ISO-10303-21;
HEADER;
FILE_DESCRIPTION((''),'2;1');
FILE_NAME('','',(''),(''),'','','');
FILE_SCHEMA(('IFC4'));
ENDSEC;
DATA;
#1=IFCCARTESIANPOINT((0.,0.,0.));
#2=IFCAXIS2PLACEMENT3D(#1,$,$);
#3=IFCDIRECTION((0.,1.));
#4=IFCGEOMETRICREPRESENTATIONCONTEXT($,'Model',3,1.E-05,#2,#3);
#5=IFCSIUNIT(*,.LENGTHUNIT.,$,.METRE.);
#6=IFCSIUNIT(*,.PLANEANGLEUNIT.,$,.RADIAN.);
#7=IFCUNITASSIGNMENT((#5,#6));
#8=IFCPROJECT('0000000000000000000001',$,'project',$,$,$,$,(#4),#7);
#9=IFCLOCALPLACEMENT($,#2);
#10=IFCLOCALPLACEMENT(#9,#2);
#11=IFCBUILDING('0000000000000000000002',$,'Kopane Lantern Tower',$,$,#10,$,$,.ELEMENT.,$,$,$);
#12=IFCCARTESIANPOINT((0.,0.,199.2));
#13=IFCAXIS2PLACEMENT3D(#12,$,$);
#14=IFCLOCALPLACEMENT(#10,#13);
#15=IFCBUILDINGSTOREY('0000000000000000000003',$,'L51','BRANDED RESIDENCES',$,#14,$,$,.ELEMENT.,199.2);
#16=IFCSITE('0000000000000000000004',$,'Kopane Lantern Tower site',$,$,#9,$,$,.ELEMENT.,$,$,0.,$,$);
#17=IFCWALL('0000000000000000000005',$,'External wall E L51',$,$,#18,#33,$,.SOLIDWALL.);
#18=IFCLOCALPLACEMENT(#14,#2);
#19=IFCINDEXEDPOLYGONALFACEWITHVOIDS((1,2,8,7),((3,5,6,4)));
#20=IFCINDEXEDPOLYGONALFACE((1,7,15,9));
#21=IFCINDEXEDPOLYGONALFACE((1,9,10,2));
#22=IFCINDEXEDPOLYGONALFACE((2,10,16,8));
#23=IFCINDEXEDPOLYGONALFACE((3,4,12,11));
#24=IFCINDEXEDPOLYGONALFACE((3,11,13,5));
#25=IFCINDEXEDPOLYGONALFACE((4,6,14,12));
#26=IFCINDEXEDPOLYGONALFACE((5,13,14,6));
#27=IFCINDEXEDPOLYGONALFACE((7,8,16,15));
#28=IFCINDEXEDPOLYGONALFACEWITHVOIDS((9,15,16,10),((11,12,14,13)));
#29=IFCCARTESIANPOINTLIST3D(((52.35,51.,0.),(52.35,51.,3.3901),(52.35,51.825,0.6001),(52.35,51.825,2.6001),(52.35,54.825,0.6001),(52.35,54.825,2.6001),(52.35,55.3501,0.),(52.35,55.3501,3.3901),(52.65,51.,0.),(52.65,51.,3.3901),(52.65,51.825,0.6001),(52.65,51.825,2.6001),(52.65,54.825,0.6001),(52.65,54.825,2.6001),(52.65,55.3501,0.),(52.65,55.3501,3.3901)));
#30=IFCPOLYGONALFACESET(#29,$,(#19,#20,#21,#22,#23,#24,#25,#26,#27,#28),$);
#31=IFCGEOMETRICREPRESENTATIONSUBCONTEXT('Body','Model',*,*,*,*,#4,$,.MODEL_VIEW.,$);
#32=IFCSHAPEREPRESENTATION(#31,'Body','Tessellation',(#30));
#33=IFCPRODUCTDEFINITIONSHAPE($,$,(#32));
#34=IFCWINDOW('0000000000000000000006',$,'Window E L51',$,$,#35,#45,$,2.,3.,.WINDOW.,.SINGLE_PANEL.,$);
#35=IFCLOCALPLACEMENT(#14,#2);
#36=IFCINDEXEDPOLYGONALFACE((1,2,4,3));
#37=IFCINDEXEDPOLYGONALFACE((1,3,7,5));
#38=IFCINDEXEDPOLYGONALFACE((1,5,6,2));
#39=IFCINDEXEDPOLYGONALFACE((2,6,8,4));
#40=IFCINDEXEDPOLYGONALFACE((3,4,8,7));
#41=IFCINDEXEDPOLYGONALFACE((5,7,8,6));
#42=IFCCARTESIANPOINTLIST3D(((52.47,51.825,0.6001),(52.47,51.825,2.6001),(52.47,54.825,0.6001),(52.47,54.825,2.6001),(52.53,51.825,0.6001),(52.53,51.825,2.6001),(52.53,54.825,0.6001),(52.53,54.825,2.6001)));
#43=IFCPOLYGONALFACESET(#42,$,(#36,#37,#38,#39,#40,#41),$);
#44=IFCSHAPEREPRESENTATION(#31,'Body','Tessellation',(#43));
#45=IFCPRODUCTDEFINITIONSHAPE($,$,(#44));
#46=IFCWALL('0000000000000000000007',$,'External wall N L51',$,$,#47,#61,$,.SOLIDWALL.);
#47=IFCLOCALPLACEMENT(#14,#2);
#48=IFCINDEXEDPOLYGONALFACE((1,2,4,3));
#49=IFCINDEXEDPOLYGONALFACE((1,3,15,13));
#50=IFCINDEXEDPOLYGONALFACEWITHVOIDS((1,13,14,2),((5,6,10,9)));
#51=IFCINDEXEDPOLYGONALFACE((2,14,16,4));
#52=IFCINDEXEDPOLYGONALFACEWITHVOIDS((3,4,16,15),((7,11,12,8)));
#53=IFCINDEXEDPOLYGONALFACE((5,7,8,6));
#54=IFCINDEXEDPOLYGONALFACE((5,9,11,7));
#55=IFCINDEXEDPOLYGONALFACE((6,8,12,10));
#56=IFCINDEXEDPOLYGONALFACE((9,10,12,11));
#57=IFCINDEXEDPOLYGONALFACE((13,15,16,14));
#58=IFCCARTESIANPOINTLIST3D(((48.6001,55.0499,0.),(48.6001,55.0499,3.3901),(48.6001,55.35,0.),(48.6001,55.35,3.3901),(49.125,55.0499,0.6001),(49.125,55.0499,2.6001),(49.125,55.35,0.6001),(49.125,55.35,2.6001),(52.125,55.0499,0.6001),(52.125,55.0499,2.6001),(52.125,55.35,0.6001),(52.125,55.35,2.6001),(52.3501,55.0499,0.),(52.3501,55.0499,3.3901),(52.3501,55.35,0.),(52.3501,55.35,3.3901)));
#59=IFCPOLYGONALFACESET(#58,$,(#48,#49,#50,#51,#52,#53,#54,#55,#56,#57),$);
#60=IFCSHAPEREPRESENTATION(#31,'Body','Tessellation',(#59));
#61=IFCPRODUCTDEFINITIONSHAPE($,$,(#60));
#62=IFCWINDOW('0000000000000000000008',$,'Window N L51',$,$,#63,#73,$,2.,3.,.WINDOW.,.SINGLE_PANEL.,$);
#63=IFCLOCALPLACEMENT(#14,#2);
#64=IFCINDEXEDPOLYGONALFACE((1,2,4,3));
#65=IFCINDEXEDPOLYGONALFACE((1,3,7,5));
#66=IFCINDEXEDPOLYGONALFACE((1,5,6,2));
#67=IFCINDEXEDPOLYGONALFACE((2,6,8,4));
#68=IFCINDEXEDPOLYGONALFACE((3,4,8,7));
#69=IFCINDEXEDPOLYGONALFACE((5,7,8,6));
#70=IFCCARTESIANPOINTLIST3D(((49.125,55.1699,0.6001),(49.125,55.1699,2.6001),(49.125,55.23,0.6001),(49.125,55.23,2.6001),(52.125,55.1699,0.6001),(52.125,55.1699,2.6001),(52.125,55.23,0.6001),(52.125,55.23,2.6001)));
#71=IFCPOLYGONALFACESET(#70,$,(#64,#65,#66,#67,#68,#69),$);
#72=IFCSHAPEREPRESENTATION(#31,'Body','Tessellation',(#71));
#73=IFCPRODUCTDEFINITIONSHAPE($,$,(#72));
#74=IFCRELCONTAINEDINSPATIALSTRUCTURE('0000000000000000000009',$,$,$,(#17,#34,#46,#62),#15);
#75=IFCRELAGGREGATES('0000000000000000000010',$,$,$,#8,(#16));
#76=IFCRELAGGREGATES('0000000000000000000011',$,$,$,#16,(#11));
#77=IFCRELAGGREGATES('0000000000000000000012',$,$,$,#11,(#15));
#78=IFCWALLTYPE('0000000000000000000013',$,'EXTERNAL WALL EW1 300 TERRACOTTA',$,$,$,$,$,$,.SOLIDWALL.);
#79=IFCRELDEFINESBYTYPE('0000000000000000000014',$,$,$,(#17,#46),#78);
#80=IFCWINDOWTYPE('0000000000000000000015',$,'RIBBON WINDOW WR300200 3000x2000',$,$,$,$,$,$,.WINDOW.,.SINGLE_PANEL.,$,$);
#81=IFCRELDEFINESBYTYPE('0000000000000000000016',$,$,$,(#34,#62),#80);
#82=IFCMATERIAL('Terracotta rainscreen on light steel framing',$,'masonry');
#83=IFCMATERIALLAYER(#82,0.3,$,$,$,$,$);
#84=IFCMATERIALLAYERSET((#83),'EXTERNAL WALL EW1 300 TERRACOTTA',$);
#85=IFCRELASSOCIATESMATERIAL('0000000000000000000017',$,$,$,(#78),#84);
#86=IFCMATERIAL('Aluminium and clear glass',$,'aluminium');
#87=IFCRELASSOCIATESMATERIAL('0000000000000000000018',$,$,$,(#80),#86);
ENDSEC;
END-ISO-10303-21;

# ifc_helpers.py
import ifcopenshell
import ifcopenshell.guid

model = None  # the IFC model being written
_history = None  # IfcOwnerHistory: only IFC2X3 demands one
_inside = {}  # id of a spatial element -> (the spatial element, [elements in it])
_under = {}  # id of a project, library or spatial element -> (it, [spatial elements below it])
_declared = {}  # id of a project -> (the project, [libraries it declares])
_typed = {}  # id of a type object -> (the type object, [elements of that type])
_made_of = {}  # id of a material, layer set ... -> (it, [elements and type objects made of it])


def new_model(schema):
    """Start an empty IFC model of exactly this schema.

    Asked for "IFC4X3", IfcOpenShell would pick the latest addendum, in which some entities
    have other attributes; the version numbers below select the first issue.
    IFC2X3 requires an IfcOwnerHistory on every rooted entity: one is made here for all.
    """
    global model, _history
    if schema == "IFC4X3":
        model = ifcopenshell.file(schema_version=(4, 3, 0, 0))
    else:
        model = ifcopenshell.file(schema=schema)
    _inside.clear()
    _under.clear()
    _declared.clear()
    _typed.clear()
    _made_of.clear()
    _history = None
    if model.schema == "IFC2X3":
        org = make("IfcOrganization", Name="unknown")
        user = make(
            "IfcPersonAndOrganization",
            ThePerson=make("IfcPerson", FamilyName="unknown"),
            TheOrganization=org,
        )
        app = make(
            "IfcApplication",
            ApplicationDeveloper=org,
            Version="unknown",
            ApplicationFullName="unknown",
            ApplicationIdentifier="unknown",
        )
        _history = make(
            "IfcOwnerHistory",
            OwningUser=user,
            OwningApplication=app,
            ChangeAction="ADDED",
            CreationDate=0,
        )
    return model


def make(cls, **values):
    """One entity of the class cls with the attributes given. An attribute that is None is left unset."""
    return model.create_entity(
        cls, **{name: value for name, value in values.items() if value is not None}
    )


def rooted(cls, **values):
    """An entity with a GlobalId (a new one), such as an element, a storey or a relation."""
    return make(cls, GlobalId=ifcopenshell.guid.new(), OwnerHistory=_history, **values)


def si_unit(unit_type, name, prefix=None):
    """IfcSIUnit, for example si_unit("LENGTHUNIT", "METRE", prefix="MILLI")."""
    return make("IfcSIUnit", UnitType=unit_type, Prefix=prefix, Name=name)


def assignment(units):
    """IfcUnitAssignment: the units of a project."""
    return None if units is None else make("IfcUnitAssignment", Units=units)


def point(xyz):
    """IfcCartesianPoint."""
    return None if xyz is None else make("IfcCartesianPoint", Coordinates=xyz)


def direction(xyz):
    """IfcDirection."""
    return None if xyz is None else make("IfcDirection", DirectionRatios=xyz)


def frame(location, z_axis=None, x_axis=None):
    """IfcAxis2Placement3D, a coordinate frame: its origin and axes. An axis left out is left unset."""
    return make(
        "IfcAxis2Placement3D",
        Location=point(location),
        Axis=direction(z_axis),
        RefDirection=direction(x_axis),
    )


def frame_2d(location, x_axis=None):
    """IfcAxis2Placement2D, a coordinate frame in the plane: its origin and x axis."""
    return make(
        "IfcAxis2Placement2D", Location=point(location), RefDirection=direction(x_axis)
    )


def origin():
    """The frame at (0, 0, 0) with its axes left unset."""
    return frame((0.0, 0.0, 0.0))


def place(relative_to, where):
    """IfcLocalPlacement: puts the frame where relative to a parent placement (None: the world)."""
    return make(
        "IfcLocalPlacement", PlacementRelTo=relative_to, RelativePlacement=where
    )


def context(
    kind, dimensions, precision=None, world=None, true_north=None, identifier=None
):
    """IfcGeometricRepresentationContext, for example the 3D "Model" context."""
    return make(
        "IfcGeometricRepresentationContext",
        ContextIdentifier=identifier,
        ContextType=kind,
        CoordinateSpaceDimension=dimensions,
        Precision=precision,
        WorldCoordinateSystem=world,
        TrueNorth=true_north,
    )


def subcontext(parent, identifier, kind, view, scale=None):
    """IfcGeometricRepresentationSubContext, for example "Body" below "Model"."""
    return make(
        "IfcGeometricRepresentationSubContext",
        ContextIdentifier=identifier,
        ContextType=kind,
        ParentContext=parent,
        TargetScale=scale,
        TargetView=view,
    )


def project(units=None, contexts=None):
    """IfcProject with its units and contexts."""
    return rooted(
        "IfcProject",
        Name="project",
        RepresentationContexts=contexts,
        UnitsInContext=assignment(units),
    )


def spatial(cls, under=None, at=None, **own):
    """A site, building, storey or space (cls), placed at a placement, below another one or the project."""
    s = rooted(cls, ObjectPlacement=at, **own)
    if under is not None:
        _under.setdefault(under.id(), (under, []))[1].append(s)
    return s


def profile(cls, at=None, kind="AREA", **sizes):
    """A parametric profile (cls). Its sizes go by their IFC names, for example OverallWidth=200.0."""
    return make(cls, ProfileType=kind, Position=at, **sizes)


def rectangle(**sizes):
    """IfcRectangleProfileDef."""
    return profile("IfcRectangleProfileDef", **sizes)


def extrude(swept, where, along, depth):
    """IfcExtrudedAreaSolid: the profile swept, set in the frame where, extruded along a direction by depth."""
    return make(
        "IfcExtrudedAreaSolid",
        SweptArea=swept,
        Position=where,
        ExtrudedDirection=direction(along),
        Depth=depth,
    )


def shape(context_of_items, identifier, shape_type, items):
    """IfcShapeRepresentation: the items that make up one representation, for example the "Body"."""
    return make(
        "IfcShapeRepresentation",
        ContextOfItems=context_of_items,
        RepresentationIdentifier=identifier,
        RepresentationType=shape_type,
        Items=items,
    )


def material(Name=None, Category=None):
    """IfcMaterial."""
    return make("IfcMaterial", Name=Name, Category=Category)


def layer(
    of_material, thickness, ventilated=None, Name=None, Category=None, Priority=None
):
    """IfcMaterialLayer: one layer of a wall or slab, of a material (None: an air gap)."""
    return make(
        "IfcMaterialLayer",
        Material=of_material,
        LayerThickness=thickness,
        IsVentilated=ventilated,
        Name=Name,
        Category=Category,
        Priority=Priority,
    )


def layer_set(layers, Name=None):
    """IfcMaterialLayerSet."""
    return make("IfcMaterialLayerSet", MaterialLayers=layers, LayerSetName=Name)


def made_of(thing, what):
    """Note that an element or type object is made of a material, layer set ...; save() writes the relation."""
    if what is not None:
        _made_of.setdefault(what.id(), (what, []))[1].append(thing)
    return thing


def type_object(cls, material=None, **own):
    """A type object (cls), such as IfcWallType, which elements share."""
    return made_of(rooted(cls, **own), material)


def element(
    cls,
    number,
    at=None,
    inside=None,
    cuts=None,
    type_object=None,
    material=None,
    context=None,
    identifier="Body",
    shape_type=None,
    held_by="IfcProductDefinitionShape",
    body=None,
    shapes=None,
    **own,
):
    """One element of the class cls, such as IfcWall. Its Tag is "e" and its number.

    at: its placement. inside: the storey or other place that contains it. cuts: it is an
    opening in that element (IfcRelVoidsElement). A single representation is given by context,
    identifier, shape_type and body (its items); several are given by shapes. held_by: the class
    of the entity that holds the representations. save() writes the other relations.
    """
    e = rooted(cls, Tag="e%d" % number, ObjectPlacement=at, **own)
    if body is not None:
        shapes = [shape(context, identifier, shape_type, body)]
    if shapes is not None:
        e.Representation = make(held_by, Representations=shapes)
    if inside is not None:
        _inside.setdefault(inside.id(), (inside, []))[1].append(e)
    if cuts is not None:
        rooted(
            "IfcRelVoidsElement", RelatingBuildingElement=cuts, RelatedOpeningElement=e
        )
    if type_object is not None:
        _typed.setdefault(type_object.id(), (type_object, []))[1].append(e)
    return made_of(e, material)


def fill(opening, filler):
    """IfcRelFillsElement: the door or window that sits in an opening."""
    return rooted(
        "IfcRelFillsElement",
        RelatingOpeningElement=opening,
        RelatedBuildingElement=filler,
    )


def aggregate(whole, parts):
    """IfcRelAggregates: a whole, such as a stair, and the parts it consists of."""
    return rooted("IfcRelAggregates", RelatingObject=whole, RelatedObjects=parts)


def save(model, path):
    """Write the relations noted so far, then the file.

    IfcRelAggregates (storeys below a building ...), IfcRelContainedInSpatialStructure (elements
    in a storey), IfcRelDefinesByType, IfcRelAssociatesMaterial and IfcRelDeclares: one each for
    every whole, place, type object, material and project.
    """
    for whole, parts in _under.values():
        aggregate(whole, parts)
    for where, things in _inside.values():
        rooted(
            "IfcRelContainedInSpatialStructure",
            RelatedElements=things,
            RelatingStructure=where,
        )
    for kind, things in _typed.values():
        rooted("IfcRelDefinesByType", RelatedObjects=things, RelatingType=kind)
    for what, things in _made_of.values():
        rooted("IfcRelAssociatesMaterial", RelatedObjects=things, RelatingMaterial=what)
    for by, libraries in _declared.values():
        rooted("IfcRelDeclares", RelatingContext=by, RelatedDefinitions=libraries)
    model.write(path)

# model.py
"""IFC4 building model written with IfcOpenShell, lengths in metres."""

from ifc_helpers import new_model, si_unit, direction, frame, frame_2d, origin, place, context, subcontext, project, spatial, rectangle, extrude, material, layer, layer_set, type_object, element, fill, save


model = new_model("IFC4")

# Units and contexts
model_context = context("Model", 3, precision=1e-05, world=origin(), true_north=direction((0.0, 1.0)))
body_context = subcontext(model_context, "Body", "Model", "MODEL_VIEW")
ifc_project = project(units=[si_unit("LENGTHUNIT", "METRE"), si_unit("PLANEANGLEUNIT", "RADIAN")], contexts=[model_context])

# Site, building, storey
site_placement = place(None, origin())
site = spatial("IfcSite", under=ifc_project, at=site_placement, Name="Kopane Lantern Tower site", CompositionType="ELEMENT", RefElevation=0.0)
building_placement = place(site_placement, origin())
building = spatial("IfcBuilding", under=site, at=building_placement, Name="Kopane Lantern Tower", CompositionType="ELEMENT")
storey_placement = place(building_placement, frame((0.0, 0.0, 199.2)))
storey = spatial("IfcBuildingStorey", under=building, at=storey_placement, Name="L51", Description="BRANDED RESIDENCES", CompositionType="ELEMENT", Elevation=199.2)

# Walls, openings, windows
ifc_material_1 = material(Name="Terracotta rainscreen on light steel framing", Category="masonry")
ifc_layer = layer(ifc_material_1, 0.3)
ifc_layer_set = layer_set([ifc_layer], Name="EXTERNAL WALL EW1 300 TERRACOTTA")
wall_type = type_object("IfcWallType", Name="EXTERNAL WALL EW1 300 TERRACOTTA", PredefinedType="SOLIDWALL", material=ifc_layer_set)
ifc_material_2 = material(Name="Aluminium and clear glass", Category="aluminium")
window_type = type_object("IfcWindowType", Name="RIBBON WINDOW WR300200 3000x2000", PartitioningType="SINGLE_PANEL", PredefinedType="WINDOW", material=ifc_material_2)
wall_1_placement = place(storey_placement, frame((52.5, 51.0, 0.0), z_axis=(0.0, 0.0, 1.0), x_axis=(0.0, 1.0, 0.0)))
wall_1 = element("IfcWall", 1, at=wall_1_placement, inside=storey, type_object=wall_type, Name="External wall E L51", PredefinedType="SOLIDWALL", context=body_context, shape_type="SweptSolid", body=[
    extrude(rectangle(XDim=4.3501, YDim=0.3, at=frame_2d((2.175, 0.0))), origin(), (0.0, 0.0, 1.0), 3.3901),
])
opening_1_placement = place(wall_1_placement, frame((0.825, 0.0, 0.6001)))
opening_1 = element("IfcOpeningElement", 2, at=opening_1_placement, cuts=wall_1, PredefinedType="OPENING", context=body_context, shape_type="SweptSolid", body=[
    extrude(rectangle(XDim=3.0, YDim=2.0, at=frame_2d((1.5, 1.0))), frame((0.0, 0.1599, 0.0), z_axis=(0.0, -1.0, 0.0), x_axis=(1.0, 0.0, 0.0)), (0.0, 0.0, 1.0), 0.3201),
])
window_1_placement = place(opening_1_placement, origin())
window_1 = element("IfcWindow", 3, at=window_1_placement, inside=storey, type_object=window_type, Name="Window E L51", OverallHeight=2.0, OverallWidth=3.0, PartitioningType="SINGLE_PANEL", PredefinedType="WINDOW", context=body_context, shape_type="SweptSolid", body=[
    extrude(rectangle(XDim=3.0, YDim=2.0, at=frame_2d((1.5, 1.0))), frame((0.0, 0.03, 0.0), z_axis=(0.0, -1.0, 0.0), x_axis=(1.0, 0.0, 0.0)), (0.0, 0.0, 1.0), 0.0601),
])
fill(opening_1, window_1)
wall_2_placement = place(storey_placement, frame((52.3501, 55.2, 0.0), z_axis=(0.0, 0.0, 1.0), x_axis=(-1.0, 0.0, 0.0)))
wall_2 = element("IfcWall", 4, at=wall_2_placement, inside=storey, type_object=wall_type, Name="External wall N L51", PredefinedType="SOLIDWALL", context=body_context, shape_type="SweptSolid", body=[
    extrude(rectangle(XDim=3.75, YDim=0.3, at=frame_2d((1.875, 0.0))), origin(), (0.0, 0.0, 1.0), 3.3901),
])
opening_2_placement = place(wall_2_placement, frame((0.2251, 0.0, 0.6001)))
opening_2 = element("IfcOpeningElement", 5, at=opening_2_placement, cuts=wall_2, PredefinedType="OPENING", context=body_context, shape_type="SweptSolid", body=[
    extrude(rectangle(XDim=3.0, YDim=2.0, at=frame_2d((1.5, 1.0))), frame((0.0, 0.1599, 0.0), z_axis=(0.0, -1.0, 0.0), x_axis=(1.0, 0.0, 0.0)), (0.0, 0.0, 1.0), 0.3201),
])
window_2_placement = place(opening_2_placement, origin())
window_2 = element("IfcWindow", 6, at=window_2_placement, inside=storey, type_object=window_type, Name="Window N L51", OverallHeight=2.0, OverallWidth=3.0, PartitioningType="SINGLE_PANEL", PredefinedType="WINDOW", context=body_context, shape_type="SweptSolid", body=[
    extrude(rectangle(XDim=3.0, YDim=2.0, at=frame_2d((1.5, 1.0))), frame((0.0, 0.03, 0.0), z_axis=(0.0, -1.0, 0.0), x_axis=(1.0, 0.0, 0.0)), (0.0, 0.0, 1.0), 0.0601),
])
fill(opening_2, window_2)

save(model, "model.ifc")
